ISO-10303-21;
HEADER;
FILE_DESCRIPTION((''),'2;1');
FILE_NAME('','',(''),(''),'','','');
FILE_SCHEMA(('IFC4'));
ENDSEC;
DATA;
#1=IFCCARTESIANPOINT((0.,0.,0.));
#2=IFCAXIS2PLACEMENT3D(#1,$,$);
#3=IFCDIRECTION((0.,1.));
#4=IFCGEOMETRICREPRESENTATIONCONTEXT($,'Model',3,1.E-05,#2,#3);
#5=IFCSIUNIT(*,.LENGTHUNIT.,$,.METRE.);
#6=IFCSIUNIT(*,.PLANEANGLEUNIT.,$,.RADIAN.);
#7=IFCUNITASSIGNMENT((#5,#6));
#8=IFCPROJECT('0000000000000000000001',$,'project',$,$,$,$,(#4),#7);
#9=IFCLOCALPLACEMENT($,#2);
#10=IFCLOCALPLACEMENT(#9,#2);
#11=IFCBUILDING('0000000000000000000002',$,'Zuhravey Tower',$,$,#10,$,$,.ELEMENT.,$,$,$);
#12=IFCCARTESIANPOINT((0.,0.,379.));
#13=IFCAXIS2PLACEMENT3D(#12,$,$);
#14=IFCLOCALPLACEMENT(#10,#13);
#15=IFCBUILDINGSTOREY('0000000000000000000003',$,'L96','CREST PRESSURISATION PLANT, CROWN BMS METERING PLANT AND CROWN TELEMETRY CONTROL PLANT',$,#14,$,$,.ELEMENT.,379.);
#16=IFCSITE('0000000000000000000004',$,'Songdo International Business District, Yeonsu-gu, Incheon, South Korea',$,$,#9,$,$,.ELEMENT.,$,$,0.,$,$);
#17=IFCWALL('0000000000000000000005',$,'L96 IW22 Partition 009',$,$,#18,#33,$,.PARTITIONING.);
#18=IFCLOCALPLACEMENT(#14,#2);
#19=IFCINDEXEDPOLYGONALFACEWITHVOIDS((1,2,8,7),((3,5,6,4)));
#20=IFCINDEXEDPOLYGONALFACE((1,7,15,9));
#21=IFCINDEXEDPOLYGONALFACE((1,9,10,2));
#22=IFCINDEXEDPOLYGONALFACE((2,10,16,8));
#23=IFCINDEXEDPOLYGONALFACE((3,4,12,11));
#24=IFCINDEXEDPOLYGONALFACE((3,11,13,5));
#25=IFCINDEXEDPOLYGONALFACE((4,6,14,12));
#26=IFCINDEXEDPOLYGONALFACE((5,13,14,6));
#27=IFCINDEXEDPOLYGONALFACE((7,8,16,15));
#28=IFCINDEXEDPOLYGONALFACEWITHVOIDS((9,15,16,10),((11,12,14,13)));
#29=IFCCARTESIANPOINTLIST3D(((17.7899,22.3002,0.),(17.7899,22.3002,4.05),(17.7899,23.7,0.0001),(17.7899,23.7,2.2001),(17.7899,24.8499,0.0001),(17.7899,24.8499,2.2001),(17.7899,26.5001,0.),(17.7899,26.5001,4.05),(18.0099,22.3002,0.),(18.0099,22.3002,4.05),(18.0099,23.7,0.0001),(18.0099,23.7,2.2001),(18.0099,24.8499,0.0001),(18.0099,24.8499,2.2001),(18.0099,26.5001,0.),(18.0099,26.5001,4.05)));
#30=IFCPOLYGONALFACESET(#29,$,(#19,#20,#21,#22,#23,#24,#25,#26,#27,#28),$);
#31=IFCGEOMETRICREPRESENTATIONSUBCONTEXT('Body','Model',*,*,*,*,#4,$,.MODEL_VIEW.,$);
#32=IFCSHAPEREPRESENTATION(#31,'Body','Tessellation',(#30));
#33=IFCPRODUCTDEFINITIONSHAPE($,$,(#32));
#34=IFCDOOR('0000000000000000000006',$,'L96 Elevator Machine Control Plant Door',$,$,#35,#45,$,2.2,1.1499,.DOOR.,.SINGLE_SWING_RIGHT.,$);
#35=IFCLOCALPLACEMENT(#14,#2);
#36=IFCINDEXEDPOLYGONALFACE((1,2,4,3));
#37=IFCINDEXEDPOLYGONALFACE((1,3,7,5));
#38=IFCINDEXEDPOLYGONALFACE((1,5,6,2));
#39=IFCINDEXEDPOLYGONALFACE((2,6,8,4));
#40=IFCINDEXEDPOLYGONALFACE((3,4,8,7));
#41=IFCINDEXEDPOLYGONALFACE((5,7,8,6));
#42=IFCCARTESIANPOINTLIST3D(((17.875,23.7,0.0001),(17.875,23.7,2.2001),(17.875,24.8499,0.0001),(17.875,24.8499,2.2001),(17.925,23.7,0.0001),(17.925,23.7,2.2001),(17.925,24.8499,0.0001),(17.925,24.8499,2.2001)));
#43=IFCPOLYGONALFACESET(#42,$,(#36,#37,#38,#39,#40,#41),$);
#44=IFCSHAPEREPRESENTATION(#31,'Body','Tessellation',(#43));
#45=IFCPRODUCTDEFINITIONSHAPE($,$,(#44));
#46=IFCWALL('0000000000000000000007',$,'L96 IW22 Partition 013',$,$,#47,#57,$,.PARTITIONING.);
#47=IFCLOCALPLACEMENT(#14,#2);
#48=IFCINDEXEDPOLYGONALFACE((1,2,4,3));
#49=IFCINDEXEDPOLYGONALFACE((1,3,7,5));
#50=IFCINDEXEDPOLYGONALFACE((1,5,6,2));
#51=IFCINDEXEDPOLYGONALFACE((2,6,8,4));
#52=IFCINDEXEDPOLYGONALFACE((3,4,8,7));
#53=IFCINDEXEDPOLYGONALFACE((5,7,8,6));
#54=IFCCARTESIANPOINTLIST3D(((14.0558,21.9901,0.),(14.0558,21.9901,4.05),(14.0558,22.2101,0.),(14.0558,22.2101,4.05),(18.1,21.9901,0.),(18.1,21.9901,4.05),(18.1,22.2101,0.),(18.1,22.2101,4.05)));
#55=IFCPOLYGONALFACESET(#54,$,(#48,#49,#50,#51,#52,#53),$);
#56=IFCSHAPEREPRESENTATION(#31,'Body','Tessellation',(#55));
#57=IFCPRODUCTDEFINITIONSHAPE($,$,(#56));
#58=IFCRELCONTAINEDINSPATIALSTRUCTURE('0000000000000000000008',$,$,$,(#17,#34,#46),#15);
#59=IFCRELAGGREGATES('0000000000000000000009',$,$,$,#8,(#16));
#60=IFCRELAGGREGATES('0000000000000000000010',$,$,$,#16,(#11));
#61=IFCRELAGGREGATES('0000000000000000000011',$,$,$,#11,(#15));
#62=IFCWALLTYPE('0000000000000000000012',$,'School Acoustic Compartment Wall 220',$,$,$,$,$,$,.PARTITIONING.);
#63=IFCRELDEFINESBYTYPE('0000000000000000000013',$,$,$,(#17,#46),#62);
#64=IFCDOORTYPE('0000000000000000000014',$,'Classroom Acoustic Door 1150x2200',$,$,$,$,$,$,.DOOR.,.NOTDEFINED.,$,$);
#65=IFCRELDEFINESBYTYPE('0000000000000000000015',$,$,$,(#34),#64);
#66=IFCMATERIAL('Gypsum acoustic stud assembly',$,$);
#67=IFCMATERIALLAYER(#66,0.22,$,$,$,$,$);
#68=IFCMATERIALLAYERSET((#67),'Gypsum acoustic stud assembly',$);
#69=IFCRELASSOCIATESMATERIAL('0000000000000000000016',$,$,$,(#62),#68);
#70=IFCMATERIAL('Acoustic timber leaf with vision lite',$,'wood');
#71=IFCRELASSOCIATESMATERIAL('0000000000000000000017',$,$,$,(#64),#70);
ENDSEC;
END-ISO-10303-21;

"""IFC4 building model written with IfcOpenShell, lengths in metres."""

from ifc_helpers import new_model, si_unit, direction, frame, frame_2d, origin, place, context, subcontext, project, spatial, rectangle, extrude, material, layer, layer_set, type_object, element, fill, save


model = new_model("IFC4")

# Units and contexts
model_context = context("Model", 3, precision=1e-05, world=origin(), true_north=direction((0.0, 1.0)))
body_context = subcontext(model_context, "Body", "Model", "MODEL_VIEW")
ifc_project = project(units=[si_unit("LENGTHUNIT", "METRE"), si_unit("PLANEANGLEUNIT", "RADIAN")], contexts=[model_context])

# Site, building, storey
site_placement = place(None, origin())
site = spatial("IfcSite", under=ifc_project, at=site_placement, Name="Songdo International Business District, Yeonsu-gu, Incheon, South Korea", CompositionType="ELEMENT", RefElevation=0.0)
building_placement = place(site_placement, origin())
building = spatial("IfcBuilding", under=site, at=building_placement, Name="Zuhravey Tower", CompositionType="ELEMENT")
storey_placement = place(building_placement, frame((0.0, 0.0, 379.0)))
storey = spatial("IfcBuildingStorey", under=building, at=storey_placement, Name="L96", Description="CREST PRESSURISATION PLANT, CROWN BMS METERING PLANT AND CROWN TELEMETRY CONTROL PLANT", CompositionType="ELEMENT", Elevation=379.0)

# Wall, opening, door
ifc_material_1 = material(Name="Gypsum acoustic stud assembly")
ifc_layer_1 = layer(ifc_material_1, 0.22)
ifc_layer_set_1 = layer_set([ifc_layer_1], Name="Gypsum acoustic stud assembly")
wall_type = type_object("IfcWallType", Name="School Acoustic Compartment Wall 220", PredefinedType="PARTITIONING", material=ifc_layer_set_1)
ifc_material_2 = material(Name="Acoustic timber leaf with vision lite", Category="wood")
door_type = type_object("IfcDoorType", Name="Classroom Acoustic Door 1150x2200", OperationType="NOTDEFINED", PredefinedType="DOOR", material=ifc_material_2)
wall_1_placement = place(storey_placement, frame((17.8999, 22.3, 0.0), z_axis=(0.0, 0.0, 1.0), x_axis=(0.0, 1.0, 0.0)))
wall_1 = element("IfcWall", 1, at=wall_1_placement, inside=storey, type_object=wall_type, Name="L96 IW22 Partition 009", PredefinedType="PARTITIONING", context=body_context, shape_type="SweptSolid", body=[
    extrude(rectangle(XDim=4.2, YDim=0.22, at=frame_2d((2.1001, 0.0))), origin(), (0.0, 0.0, 1.0), 4.05),
])
opening_1_placement = place(wall_1_placement, frame((1.3999, 0.0, 0.0)))
opening_1 = element("IfcOpeningElement", 2, at=opening_1_placement, cuts=wall_1, PredefinedType="OPENING", context=body_context, shape_type="SweptSolid", body=[
    extrude(rectangle(XDim=1.1499, YDim=2.2, at=frame_2d((0.575, 1.1001))), frame((0.0, 0.1221, 0.0), z_axis=(0.0, -1.0, 0.0), x_axis=(1.0, 0.0, 0.0)), (0.0, 0.0, 1.0), 0.2439),
])
door_1_placement = place(opening_1_placement, origin())
door_1 = element("IfcDoor", 3, at=door_1_placement, inside=storey, type_object=door_type, Name="L96 Elevator Machine Control Plant Door", OperationType="SINGLE_SWING_RIGHT", OverallHeight=2.2, OverallWidth=1.1499, PredefinedType="DOOR", context=body_context, shape_type="SweptSolid", body=[
    extrude(rectangle(XDim=1.1499, YDim=2.2, at=frame_2d((0.575, 1.1001))), frame((0.0, 0.0249, 0.0), z_axis=(0.0, -1.0, 0.0), x_axis=(1.0, 0.0, 0.0)), (0.0, 0.0, 1.0), 0.05),
])
fill(opening_1, door_1)

# Wall
wall_2_placement = place(storey_placement, frame((14.0559, 22.1001, 0.0), z_axis=(0.0, 0.0, 1.0), x_axis=(1.0, 0.0, 0.0)))
element("IfcWall", 4, at=wall_2_placement, inside=storey, type_object=wall_type, Name="L96 IW22 Partition 013", PredefinedType="PARTITIONING", context=body_context, shape_type="SweptSolid", body=[
    extrude(rectangle(XDim=4.0442, YDim=0.22, at=frame_2d((2.022, 0.0))), origin(), (0.0, 0.0, 1.0), 4.05),
])

save(model, "model.ifc")
